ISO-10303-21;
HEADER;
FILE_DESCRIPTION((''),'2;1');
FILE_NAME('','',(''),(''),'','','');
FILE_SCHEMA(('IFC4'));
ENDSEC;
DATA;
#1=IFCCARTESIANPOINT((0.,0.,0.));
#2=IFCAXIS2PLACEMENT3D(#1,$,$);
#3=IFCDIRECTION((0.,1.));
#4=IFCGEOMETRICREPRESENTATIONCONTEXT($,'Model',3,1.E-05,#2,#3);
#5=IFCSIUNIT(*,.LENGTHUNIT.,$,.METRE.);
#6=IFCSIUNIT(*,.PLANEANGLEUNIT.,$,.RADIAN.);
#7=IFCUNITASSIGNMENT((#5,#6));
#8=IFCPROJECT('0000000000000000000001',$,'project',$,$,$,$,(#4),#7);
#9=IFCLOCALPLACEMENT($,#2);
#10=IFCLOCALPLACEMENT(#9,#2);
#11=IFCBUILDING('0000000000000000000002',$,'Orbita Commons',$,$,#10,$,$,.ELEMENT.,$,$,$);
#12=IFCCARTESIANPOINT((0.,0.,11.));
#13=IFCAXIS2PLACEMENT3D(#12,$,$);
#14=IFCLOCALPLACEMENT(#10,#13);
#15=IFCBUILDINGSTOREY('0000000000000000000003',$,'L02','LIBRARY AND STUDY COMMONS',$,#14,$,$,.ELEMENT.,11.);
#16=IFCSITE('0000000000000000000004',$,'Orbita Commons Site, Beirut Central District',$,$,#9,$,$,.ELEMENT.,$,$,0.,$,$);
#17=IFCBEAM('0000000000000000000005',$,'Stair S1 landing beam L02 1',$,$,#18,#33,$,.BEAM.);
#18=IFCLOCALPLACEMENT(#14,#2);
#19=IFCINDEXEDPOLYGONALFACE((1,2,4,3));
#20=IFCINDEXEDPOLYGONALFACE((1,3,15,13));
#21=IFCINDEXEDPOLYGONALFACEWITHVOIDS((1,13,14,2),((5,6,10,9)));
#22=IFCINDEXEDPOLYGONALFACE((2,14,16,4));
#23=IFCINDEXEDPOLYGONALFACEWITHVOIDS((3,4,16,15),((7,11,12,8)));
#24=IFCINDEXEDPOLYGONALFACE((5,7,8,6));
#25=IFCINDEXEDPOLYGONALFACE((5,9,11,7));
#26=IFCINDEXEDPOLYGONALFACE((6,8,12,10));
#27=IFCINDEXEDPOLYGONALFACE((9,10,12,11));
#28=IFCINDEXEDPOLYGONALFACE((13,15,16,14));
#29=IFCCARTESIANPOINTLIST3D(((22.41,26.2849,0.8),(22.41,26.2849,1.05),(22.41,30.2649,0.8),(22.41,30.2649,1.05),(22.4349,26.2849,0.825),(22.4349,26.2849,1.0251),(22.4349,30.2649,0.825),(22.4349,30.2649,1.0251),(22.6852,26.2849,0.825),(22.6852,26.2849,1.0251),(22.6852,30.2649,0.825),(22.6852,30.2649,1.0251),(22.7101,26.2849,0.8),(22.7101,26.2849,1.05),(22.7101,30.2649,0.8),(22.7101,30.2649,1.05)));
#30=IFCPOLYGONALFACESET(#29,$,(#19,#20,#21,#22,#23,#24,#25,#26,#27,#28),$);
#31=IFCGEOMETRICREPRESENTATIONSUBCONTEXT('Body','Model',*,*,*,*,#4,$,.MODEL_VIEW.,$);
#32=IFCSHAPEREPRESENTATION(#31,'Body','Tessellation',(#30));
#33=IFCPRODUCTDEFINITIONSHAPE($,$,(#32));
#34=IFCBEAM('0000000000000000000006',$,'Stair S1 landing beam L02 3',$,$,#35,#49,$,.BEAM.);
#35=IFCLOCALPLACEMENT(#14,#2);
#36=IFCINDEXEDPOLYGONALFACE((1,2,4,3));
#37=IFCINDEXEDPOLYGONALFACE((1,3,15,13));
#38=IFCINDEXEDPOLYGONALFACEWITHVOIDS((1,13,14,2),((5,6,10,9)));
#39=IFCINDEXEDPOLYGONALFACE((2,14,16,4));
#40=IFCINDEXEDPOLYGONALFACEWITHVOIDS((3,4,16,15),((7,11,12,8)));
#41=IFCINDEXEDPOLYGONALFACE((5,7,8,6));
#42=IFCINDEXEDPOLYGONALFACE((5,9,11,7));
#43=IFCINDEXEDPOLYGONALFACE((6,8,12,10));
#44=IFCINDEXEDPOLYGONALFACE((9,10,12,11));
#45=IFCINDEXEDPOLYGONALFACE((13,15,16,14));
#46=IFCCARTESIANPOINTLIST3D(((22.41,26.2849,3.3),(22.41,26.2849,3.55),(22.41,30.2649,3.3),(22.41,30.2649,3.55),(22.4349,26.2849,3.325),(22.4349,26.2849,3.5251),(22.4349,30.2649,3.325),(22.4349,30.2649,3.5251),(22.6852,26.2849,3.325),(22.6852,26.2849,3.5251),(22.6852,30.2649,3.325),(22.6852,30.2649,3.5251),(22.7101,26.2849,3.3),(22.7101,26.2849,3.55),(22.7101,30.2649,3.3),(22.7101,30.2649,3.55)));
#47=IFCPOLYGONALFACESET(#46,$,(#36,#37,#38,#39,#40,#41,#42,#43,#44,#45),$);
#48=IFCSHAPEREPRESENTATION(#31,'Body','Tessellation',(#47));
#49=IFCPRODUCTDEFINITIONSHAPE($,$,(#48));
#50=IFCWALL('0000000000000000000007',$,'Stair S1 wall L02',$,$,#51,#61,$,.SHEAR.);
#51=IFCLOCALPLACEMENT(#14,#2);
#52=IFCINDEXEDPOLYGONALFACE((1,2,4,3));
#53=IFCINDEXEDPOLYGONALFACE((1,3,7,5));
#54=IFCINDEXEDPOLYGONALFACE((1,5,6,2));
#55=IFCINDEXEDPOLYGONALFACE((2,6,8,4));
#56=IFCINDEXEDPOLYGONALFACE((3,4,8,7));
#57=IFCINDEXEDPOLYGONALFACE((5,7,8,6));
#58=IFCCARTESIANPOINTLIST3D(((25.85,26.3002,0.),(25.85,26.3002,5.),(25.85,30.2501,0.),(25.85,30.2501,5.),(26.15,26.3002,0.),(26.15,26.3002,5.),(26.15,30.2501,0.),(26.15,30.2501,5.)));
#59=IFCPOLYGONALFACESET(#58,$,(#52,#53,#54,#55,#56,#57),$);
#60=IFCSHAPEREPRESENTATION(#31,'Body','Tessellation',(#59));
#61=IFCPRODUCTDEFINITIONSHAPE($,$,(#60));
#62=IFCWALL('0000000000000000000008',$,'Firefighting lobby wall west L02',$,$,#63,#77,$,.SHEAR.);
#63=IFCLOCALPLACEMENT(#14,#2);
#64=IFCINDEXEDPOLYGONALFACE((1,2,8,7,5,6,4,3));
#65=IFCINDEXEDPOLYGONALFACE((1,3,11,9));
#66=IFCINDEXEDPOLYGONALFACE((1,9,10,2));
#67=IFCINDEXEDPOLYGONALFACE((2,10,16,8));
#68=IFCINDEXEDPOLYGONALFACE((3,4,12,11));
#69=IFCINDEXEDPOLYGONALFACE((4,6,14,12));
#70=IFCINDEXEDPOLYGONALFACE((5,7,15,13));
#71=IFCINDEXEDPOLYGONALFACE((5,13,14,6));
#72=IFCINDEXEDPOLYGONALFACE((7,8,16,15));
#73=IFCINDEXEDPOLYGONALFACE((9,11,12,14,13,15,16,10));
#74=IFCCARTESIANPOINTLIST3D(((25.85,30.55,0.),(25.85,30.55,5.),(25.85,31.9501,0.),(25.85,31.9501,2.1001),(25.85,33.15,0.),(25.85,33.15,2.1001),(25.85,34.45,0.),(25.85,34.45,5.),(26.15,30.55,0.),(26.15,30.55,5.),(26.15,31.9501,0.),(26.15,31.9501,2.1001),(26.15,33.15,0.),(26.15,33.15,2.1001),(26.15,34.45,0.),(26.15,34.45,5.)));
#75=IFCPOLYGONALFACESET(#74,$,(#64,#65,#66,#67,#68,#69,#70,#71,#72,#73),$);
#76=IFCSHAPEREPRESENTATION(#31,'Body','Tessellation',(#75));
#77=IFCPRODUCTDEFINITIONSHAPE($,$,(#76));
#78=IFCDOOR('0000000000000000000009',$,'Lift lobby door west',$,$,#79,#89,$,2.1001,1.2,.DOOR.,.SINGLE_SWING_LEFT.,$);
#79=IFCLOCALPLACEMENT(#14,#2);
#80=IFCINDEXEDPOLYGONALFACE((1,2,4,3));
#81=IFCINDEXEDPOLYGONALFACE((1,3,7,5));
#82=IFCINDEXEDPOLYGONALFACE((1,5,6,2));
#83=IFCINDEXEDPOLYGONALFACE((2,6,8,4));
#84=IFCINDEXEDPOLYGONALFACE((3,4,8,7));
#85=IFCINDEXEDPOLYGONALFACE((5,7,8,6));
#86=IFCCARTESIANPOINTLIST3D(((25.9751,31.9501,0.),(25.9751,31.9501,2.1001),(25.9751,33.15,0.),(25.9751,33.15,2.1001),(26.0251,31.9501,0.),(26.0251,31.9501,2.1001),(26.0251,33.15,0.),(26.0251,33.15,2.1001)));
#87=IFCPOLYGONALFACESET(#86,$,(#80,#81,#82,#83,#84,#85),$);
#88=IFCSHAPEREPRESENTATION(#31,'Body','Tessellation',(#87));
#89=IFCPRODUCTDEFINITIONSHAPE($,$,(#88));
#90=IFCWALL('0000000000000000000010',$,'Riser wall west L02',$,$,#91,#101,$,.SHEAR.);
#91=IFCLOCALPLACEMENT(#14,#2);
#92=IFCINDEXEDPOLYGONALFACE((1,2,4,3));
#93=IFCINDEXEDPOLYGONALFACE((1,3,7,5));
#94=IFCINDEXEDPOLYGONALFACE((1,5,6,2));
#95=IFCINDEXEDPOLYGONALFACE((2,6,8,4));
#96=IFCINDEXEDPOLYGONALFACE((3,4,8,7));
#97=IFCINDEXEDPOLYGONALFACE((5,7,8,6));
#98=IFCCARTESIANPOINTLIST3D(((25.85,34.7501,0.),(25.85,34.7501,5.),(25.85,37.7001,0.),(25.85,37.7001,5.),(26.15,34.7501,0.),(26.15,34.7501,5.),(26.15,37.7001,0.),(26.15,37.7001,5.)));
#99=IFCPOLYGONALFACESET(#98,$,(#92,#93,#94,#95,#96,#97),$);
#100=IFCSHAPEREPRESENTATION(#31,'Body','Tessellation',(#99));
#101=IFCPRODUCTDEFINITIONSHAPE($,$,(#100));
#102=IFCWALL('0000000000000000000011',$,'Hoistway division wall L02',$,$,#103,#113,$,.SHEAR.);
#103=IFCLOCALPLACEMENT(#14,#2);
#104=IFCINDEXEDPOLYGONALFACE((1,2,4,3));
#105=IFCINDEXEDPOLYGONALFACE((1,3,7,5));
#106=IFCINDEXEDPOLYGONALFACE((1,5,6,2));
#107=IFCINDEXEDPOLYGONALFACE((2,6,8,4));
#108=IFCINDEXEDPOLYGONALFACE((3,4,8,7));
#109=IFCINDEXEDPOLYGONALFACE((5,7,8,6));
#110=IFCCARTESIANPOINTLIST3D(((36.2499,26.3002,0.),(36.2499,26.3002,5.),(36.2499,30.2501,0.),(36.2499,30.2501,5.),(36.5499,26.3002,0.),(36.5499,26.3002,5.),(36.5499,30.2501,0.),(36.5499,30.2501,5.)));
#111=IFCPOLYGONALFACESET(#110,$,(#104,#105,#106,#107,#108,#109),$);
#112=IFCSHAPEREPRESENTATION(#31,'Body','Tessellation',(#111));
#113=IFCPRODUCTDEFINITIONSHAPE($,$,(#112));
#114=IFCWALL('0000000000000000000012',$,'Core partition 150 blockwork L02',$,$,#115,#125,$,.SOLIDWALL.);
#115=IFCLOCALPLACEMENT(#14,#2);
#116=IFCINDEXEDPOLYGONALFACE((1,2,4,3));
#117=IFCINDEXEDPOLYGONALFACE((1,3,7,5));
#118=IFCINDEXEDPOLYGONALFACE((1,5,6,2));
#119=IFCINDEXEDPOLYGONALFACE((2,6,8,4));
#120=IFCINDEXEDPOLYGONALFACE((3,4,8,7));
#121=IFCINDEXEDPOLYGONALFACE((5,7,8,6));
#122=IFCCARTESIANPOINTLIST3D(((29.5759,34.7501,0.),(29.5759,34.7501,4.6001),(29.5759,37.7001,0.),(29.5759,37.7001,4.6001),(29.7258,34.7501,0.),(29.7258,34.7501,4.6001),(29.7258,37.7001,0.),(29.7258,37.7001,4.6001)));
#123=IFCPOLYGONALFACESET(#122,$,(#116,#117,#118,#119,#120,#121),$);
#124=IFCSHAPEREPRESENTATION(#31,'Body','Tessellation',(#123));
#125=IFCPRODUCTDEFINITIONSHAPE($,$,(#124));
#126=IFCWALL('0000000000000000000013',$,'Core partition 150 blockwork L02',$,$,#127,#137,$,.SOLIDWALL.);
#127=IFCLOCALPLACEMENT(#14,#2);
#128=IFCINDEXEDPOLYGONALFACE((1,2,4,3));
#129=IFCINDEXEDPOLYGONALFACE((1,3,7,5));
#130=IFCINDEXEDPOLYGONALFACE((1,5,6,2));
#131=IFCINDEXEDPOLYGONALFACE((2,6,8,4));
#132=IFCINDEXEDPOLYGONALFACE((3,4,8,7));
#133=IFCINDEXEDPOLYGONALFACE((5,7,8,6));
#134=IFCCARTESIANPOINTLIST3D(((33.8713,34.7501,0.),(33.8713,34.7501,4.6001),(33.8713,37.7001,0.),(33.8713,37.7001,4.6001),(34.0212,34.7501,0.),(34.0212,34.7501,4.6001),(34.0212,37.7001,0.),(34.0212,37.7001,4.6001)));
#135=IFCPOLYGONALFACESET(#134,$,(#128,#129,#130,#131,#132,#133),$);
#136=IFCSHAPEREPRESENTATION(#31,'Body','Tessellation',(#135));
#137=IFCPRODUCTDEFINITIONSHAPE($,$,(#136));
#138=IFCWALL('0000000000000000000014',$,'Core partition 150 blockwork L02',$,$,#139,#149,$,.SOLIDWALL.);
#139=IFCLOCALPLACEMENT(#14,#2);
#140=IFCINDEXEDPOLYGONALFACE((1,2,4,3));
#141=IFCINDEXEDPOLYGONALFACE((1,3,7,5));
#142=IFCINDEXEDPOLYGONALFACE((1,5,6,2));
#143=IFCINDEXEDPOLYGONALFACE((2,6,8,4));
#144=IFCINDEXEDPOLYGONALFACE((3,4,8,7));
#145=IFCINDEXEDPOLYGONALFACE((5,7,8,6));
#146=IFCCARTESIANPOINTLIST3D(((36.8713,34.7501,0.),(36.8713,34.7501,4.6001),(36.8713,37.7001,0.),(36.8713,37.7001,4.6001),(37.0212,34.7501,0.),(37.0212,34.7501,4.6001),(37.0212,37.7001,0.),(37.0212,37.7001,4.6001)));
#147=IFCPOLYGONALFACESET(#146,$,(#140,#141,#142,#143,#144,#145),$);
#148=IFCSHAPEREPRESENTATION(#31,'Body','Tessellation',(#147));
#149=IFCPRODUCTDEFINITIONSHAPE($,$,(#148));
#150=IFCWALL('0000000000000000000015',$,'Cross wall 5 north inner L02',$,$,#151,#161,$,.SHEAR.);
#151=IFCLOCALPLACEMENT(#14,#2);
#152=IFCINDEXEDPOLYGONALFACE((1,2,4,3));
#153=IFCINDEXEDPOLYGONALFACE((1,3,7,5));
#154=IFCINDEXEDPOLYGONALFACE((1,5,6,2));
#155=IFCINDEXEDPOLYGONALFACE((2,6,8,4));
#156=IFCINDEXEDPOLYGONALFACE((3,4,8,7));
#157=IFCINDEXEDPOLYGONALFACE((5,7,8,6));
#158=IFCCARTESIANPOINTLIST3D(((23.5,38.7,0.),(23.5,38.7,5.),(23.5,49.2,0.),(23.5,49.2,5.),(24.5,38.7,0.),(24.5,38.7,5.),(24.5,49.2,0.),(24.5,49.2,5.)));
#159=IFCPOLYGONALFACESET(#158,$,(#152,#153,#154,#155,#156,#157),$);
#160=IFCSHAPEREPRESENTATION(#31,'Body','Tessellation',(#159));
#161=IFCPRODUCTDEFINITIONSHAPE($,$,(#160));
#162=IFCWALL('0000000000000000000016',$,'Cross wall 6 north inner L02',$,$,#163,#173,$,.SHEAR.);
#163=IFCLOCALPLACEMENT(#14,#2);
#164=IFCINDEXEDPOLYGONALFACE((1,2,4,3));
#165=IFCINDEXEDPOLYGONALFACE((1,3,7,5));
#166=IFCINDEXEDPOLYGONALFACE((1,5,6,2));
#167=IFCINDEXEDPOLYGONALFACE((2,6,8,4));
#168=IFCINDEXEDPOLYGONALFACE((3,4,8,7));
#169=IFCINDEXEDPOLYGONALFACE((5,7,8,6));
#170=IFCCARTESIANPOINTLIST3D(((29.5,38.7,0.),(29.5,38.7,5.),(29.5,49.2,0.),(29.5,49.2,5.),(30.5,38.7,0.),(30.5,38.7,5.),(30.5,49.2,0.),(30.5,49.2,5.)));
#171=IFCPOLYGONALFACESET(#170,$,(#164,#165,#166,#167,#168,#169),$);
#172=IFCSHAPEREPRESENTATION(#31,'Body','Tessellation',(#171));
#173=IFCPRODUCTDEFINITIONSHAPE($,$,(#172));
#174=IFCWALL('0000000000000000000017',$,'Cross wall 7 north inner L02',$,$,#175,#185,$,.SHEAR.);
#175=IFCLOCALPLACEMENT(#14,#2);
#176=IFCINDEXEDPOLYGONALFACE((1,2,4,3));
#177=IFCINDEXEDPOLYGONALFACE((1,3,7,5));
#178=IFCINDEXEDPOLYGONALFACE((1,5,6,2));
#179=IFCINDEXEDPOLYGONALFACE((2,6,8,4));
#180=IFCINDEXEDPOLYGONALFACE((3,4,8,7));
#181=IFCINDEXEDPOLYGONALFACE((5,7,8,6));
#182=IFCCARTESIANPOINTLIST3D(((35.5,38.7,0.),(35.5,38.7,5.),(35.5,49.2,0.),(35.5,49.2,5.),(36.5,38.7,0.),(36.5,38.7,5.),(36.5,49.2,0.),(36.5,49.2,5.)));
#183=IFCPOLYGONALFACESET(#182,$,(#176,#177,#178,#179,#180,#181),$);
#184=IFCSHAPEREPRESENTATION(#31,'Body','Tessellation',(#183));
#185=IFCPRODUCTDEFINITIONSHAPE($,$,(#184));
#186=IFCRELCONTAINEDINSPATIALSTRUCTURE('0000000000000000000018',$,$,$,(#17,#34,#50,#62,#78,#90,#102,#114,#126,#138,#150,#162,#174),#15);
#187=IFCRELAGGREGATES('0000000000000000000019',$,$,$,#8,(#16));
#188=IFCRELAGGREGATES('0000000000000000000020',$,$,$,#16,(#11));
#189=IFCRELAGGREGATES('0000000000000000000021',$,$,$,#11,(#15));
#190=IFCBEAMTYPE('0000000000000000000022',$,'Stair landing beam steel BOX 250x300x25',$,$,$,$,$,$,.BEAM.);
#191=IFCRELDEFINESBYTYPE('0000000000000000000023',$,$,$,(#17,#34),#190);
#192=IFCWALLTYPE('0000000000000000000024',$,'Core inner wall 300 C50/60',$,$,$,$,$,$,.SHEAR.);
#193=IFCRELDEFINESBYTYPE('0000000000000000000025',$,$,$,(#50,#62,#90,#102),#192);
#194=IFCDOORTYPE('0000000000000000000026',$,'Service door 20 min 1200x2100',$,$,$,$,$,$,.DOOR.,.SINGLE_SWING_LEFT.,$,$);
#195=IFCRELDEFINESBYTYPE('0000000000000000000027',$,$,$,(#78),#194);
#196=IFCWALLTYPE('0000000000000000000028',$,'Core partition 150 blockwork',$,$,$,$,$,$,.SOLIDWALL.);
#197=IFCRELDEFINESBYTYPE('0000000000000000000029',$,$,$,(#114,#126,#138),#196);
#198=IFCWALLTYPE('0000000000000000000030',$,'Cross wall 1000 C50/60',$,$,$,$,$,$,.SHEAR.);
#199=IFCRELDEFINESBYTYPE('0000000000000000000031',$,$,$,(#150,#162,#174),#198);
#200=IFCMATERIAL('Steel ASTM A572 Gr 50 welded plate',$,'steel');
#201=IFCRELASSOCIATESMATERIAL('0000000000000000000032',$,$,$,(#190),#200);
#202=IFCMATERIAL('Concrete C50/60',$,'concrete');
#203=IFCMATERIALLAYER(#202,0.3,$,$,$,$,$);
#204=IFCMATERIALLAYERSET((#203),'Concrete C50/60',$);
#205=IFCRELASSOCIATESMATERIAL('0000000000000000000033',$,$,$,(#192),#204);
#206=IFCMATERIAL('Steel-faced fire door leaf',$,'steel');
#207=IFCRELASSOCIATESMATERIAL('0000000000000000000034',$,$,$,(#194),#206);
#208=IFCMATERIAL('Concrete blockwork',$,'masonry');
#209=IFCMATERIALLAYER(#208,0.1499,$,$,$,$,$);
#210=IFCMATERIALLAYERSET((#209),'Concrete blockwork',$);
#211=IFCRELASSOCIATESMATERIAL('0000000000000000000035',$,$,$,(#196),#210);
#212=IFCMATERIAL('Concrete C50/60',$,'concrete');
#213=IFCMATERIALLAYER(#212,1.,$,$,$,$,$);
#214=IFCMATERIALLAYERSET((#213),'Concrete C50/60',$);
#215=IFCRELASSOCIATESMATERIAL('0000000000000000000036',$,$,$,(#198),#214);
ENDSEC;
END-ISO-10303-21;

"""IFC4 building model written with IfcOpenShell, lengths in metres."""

from ifc_helpers import new_model, si_unit, direction, frame, frame_2d, origin, origin_2d, place, context, subcontext, project, spatial, rectangle, hollow_rectangle, extrude, material, layer, layer_set, material_profile, profile_set, type_object, element, fill, save


model = new_model("IFC4")

# Units and contexts
model_context = context("Model", 3, precision=1e-05, world=origin(), true_north=direction((0.0, 1.0)))
body_context = subcontext(model_context, "Body", "Model", "MODEL_VIEW")
ifc_project = project(units=[si_unit("LENGTHUNIT", "METRE"), si_unit("PLANEANGLEUNIT", "RADIAN")], contexts=[model_context])

# Site, building, storey
site_placement = place(None, origin())
site = spatial("IfcSite", under=ifc_project, at=site_placement, Name="Orbita Commons Site, Beirut Central District", CompositionType="ELEMENT", RefElevation=0.0)
building_placement = place(site_placement, origin())
building = spatial("IfcBuilding", under=site, at=building_placement, Name="Orbita Commons", CompositionType="ELEMENT")
storey_placement = place(building_placement, frame((0.0, 0.0, 11.0)))
storey = spatial("IfcBuildingStorey", under=building, at=storey_placement, Name="L02", Description="LIBRARY AND STUDY COMMONS", CompositionType="ELEMENT", Elevation=11.0)

# Beams
ifc_material_1 = material(Name="Steel ASTM A572 Gr 50 welded plate", Category="steel")
ifc_material_profile = material_profile(ifc_material_1, hollow_rectangle(XDim=0.3, YDim=0.25, WallThickness=0.0249, at=origin_2d()), Name="BOX 250x300x25")
ifc_profile_set = profile_set([ifc_material_profile], Name="Steel ASTM A572 Gr 50 welded plate")
beam_type = type_object("IfcBeamType", Name="Stair landing beam steel BOX 250x300x25", PredefinedType="BEAM", material=ifc_profile_set)
for number, where, z_axis, x_axis, name in (
    (1, (22.5601, 26.2849, 0.925), (0.0, 1.0, 0.0), (-1.0, 0.0, 0.0), "Stair S1 landing beam L02 1"),
    (2, (22.5601, 26.2849, 3.425), (0.0, 1.0, 0.0), (-1.0, 0.0, 0.0), "Stair S1 landing beam L02 3"),
):
    element("IfcBeam", number, at=place(storey_placement, frame(where, z_axis=z_axis, x_axis=x_axis)), inside=storey, type_object=beam_type, Name=name, PredefinedType="BEAM", context=body_context, shape_type="SweptSolid", body=[
        extrude(hollow_rectangle(XDim=0.3, YDim=0.25, WallThickness=0.0249, at=origin_2d()), origin(), (0.0, 0.0, 1.0), 3.98),
    ])

# Wall
ifc_material_2 = material(Name="Concrete C50/60", Category="concrete")
ifc_layer_1 = layer(ifc_material_2, 0.3)
ifc_layer_set_1 = layer_set([ifc_layer_1], Name="Concrete C50/60")
wall_type_1 = type_object("IfcWallType", Name="Core inner wall 300 C50/60", PredefinedType="SHEAR", material=ifc_layer_set_1)
wall_1_placement = place(storey_placement, frame((26.0, 26.3, 0.0), z_axis=(0.0, 0.0, 1.0), x_axis=(0.0, 1.0, 0.0)))
element("IfcWall", 3, at=wall_1_placement, inside=storey, type_object=wall_type_1, Name="Stair S1 wall L02", PredefinedType="SHEAR", context=body_context, shape_type="SweptSolid", body=[
    extrude(rectangle(XDim=3.95, YDim=0.3, at=frame_2d((1.9751, 0.0))), origin(), (0.0, 0.0, 1.0), 5.0),
])

# Wall, opening, door
wall_2_placement = place(storey_placement, frame((26.0, 30.55, 0.0), z_axis=(0.0, 0.0, 1.0), x_axis=(0.0, 1.0, 0.0)))
wall_2 = element("IfcWall", 4, at=wall_2_placement, inside=storey, type_object=wall_type_1, Name="Firefighting lobby wall west L02", PredefinedType="SHEAR", context=body_context, shape_type="SweptSolid", body=[
    extrude(rectangle(XDim=3.8999, YDim=0.3, at=frame_2d((1.95, 0.0))), origin(), (0.0, 0.0, 1.0), 5.0),
])
opening_1_placement = place(wall_2_placement, frame((1.3999, 0.0, 0.0)))
opening_1 = element("IfcOpeningElement", 5, at=opening_1_placement, cuts=wall_2, PredefinedType="OPENING", context=body_context, shape_type="SweptSolid", body=[
    extrude(rectangle(XDim=1.2, YDim=2.1001, at=frame_2d((0.6001, 1.05))), frame((0.0, 0.1599, 0.0), z_axis=(0.0, -1.0, 0.0), x_axis=(1.0, 0.0, 0.0)), (0.0, 0.0, 1.0), 0.3201),
])
ifc_material_3 = material(Name="Steel-faced fire door leaf", Category="steel")
door_type_1 = type_object("IfcDoorType", Name="Service door 20 min 1200x2100", OperationType="SINGLE_SWING_LEFT", PredefinedType="DOOR", material=ifc_material_3)
door_1_placement = place(opening_1_placement, origin())
door_1 = element("IfcDoor", 6, at=door_1_placement, inside=storey, type_object=door_type_1, Name="Lift lobby door west", OperationType="SINGLE_SWING_LEFT", OverallHeight=2.1001, OverallWidth=1.2, PredefinedType="DOOR", context=body_context, shape_type="SweptSolid", body=[
    extrude(rectangle(XDim=1.2, YDim=2.1001, at=frame_2d((0.6001, 1.05))), frame((0.0, 0.0249, 0.0), z_axis=(0.0, -1.0, 0.0), x_axis=(1.0, 0.0, 0.0)), (0.0, 0.0, 1.0), 0.05),
])
fill(opening_1, door_1)

# Walls
wall_3_placement = place(storey_placement, frame((26.0, 34.75, 0.0), z_axis=(0.0, 0.0, 1.0), x_axis=(0.0, 1.0, 0.0)))
element("IfcWall", 7, at=wall_3_placement, inside=storey, type_object=wall_type_1, Name="Riser wall west L02", PredefinedType="SHEAR", context=body_context, shape_type="SweptSolid", body=[
    extrude(rectangle(XDim=2.95, YDim=0.3, at=frame_2d((1.4751, 0.0))), origin(), (0.0, 0.0, 1.0), 5.0),
])
wall_4_placement = place(storey_placement, frame((36.3999, 26.3, 0.0), z_axis=(0.0, 0.0, 1.0), x_axis=(0.0, 1.0, 0.0)))
element("IfcWall", 8, at=wall_4_placement, inside=storey, type_object=wall_type_1, Name="Hoistway division wall L02", PredefinedType="SHEAR", context=body_context, shape_type="SweptSolid", body=[
    extrude(rectangle(XDim=3.95, YDim=0.3, at=frame_2d((1.9751, 0.0))), origin(), (0.0, 0.0, 1.0), 5.0),
])
ifc_material_4 = material(Name="Concrete blockwork", Category="masonry")
ifc_layer_2 = layer(ifc_material_4, 0.1499)
ifc_layer_set_2 = layer_set([ifc_layer_2], Name="Concrete blockwork")
wall_type_2 = type_object("IfcWallType", Name="Core partition 150 blockwork", PredefinedType="SOLIDWALL", material=ifc_layer_set_2)
for number, where, z_axis, x_axis, name in (
    (9, (29.6509, 34.75, 0.0), (0.0, 0.0, 1.0), (0.0, 1.0, 0.0), "Core partition 150 blockwork L02"),
    (10, (33.9463, 34.75, 0.0), (0.0, 0.0, 1.0), (0.0, 1.0, 0.0), "Core partition 150 blockwork L02"),
    (11, (36.9463, 34.75, 0.0), (0.0, 0.0, 1.0), (0.0, 1.0, 0.0), "Core partition 150 blockwork L02"),
):
    element("IfcWall", number, at=place(storey_placement, frame(where, z_axis=z_axis, x_axis=x_axis)), inside=storey, type_object=wall_type_2, Name=name, PredefinedType="SOLIDWALL", context=body_context, shape_type="SweptSolid", body=[
        extrude(rectangle(XDim=2.95, YDim=0.1499, at=frame_2d((1.4751, 0.0))), origin(), (0.0, 0.0, 1.0), 4.6001),
    ])
ifc_material_5 = material(Name="Concrete C50/60", Category="concrete")
ifc_layer_3 = layer(ifc_material_5, 1.0)
ifc_layer_set_3 = layer_set([ifc_layer_3], Name="Concrete C50/60")
wall_type_3 = type_object("IfcWallType", Name="Cross wall 1000 C50/60", PredefinedType="SHEAR", material=ifc_layer_set_3)
for number, where, z_axis, x_axis, name in (
    (12, (24.0, 38.7, 0.0), (0.0, 0.0, 1.0), (0.0, 1.0, 0.0), "Cross wall 5 north inner L02"),
    (13, (30.0, 38.7, 0.0), (0.0, 0.0, 1.0), (0.0, 1.0, 0.0), "Cross wall 6 north inner L02"),
    (14, (36.0, 38.7, 0.0), (0.0, 0.0, 1.0), (0.0, 1.0, 0.0), "Cross wall 7 north inner L02"),
):
    element("IfcWall", number, at=place(storey_placement, frame(where, z_axis=z_axis, x_axis=x_axis)), inside=storey, type_object=wall_type_3, Name=name, PredefinedType="SHEAR", context=body_context, shape_type="SweptSolid", body=[
        extrude(rectangle(XDim=10.5, YDim=1.0, at=frame_2d((5.25, 0.0))), origin(), (0.0, 0.0, 1.0), 5.0),
    ])

save(model, "model.ifc")
